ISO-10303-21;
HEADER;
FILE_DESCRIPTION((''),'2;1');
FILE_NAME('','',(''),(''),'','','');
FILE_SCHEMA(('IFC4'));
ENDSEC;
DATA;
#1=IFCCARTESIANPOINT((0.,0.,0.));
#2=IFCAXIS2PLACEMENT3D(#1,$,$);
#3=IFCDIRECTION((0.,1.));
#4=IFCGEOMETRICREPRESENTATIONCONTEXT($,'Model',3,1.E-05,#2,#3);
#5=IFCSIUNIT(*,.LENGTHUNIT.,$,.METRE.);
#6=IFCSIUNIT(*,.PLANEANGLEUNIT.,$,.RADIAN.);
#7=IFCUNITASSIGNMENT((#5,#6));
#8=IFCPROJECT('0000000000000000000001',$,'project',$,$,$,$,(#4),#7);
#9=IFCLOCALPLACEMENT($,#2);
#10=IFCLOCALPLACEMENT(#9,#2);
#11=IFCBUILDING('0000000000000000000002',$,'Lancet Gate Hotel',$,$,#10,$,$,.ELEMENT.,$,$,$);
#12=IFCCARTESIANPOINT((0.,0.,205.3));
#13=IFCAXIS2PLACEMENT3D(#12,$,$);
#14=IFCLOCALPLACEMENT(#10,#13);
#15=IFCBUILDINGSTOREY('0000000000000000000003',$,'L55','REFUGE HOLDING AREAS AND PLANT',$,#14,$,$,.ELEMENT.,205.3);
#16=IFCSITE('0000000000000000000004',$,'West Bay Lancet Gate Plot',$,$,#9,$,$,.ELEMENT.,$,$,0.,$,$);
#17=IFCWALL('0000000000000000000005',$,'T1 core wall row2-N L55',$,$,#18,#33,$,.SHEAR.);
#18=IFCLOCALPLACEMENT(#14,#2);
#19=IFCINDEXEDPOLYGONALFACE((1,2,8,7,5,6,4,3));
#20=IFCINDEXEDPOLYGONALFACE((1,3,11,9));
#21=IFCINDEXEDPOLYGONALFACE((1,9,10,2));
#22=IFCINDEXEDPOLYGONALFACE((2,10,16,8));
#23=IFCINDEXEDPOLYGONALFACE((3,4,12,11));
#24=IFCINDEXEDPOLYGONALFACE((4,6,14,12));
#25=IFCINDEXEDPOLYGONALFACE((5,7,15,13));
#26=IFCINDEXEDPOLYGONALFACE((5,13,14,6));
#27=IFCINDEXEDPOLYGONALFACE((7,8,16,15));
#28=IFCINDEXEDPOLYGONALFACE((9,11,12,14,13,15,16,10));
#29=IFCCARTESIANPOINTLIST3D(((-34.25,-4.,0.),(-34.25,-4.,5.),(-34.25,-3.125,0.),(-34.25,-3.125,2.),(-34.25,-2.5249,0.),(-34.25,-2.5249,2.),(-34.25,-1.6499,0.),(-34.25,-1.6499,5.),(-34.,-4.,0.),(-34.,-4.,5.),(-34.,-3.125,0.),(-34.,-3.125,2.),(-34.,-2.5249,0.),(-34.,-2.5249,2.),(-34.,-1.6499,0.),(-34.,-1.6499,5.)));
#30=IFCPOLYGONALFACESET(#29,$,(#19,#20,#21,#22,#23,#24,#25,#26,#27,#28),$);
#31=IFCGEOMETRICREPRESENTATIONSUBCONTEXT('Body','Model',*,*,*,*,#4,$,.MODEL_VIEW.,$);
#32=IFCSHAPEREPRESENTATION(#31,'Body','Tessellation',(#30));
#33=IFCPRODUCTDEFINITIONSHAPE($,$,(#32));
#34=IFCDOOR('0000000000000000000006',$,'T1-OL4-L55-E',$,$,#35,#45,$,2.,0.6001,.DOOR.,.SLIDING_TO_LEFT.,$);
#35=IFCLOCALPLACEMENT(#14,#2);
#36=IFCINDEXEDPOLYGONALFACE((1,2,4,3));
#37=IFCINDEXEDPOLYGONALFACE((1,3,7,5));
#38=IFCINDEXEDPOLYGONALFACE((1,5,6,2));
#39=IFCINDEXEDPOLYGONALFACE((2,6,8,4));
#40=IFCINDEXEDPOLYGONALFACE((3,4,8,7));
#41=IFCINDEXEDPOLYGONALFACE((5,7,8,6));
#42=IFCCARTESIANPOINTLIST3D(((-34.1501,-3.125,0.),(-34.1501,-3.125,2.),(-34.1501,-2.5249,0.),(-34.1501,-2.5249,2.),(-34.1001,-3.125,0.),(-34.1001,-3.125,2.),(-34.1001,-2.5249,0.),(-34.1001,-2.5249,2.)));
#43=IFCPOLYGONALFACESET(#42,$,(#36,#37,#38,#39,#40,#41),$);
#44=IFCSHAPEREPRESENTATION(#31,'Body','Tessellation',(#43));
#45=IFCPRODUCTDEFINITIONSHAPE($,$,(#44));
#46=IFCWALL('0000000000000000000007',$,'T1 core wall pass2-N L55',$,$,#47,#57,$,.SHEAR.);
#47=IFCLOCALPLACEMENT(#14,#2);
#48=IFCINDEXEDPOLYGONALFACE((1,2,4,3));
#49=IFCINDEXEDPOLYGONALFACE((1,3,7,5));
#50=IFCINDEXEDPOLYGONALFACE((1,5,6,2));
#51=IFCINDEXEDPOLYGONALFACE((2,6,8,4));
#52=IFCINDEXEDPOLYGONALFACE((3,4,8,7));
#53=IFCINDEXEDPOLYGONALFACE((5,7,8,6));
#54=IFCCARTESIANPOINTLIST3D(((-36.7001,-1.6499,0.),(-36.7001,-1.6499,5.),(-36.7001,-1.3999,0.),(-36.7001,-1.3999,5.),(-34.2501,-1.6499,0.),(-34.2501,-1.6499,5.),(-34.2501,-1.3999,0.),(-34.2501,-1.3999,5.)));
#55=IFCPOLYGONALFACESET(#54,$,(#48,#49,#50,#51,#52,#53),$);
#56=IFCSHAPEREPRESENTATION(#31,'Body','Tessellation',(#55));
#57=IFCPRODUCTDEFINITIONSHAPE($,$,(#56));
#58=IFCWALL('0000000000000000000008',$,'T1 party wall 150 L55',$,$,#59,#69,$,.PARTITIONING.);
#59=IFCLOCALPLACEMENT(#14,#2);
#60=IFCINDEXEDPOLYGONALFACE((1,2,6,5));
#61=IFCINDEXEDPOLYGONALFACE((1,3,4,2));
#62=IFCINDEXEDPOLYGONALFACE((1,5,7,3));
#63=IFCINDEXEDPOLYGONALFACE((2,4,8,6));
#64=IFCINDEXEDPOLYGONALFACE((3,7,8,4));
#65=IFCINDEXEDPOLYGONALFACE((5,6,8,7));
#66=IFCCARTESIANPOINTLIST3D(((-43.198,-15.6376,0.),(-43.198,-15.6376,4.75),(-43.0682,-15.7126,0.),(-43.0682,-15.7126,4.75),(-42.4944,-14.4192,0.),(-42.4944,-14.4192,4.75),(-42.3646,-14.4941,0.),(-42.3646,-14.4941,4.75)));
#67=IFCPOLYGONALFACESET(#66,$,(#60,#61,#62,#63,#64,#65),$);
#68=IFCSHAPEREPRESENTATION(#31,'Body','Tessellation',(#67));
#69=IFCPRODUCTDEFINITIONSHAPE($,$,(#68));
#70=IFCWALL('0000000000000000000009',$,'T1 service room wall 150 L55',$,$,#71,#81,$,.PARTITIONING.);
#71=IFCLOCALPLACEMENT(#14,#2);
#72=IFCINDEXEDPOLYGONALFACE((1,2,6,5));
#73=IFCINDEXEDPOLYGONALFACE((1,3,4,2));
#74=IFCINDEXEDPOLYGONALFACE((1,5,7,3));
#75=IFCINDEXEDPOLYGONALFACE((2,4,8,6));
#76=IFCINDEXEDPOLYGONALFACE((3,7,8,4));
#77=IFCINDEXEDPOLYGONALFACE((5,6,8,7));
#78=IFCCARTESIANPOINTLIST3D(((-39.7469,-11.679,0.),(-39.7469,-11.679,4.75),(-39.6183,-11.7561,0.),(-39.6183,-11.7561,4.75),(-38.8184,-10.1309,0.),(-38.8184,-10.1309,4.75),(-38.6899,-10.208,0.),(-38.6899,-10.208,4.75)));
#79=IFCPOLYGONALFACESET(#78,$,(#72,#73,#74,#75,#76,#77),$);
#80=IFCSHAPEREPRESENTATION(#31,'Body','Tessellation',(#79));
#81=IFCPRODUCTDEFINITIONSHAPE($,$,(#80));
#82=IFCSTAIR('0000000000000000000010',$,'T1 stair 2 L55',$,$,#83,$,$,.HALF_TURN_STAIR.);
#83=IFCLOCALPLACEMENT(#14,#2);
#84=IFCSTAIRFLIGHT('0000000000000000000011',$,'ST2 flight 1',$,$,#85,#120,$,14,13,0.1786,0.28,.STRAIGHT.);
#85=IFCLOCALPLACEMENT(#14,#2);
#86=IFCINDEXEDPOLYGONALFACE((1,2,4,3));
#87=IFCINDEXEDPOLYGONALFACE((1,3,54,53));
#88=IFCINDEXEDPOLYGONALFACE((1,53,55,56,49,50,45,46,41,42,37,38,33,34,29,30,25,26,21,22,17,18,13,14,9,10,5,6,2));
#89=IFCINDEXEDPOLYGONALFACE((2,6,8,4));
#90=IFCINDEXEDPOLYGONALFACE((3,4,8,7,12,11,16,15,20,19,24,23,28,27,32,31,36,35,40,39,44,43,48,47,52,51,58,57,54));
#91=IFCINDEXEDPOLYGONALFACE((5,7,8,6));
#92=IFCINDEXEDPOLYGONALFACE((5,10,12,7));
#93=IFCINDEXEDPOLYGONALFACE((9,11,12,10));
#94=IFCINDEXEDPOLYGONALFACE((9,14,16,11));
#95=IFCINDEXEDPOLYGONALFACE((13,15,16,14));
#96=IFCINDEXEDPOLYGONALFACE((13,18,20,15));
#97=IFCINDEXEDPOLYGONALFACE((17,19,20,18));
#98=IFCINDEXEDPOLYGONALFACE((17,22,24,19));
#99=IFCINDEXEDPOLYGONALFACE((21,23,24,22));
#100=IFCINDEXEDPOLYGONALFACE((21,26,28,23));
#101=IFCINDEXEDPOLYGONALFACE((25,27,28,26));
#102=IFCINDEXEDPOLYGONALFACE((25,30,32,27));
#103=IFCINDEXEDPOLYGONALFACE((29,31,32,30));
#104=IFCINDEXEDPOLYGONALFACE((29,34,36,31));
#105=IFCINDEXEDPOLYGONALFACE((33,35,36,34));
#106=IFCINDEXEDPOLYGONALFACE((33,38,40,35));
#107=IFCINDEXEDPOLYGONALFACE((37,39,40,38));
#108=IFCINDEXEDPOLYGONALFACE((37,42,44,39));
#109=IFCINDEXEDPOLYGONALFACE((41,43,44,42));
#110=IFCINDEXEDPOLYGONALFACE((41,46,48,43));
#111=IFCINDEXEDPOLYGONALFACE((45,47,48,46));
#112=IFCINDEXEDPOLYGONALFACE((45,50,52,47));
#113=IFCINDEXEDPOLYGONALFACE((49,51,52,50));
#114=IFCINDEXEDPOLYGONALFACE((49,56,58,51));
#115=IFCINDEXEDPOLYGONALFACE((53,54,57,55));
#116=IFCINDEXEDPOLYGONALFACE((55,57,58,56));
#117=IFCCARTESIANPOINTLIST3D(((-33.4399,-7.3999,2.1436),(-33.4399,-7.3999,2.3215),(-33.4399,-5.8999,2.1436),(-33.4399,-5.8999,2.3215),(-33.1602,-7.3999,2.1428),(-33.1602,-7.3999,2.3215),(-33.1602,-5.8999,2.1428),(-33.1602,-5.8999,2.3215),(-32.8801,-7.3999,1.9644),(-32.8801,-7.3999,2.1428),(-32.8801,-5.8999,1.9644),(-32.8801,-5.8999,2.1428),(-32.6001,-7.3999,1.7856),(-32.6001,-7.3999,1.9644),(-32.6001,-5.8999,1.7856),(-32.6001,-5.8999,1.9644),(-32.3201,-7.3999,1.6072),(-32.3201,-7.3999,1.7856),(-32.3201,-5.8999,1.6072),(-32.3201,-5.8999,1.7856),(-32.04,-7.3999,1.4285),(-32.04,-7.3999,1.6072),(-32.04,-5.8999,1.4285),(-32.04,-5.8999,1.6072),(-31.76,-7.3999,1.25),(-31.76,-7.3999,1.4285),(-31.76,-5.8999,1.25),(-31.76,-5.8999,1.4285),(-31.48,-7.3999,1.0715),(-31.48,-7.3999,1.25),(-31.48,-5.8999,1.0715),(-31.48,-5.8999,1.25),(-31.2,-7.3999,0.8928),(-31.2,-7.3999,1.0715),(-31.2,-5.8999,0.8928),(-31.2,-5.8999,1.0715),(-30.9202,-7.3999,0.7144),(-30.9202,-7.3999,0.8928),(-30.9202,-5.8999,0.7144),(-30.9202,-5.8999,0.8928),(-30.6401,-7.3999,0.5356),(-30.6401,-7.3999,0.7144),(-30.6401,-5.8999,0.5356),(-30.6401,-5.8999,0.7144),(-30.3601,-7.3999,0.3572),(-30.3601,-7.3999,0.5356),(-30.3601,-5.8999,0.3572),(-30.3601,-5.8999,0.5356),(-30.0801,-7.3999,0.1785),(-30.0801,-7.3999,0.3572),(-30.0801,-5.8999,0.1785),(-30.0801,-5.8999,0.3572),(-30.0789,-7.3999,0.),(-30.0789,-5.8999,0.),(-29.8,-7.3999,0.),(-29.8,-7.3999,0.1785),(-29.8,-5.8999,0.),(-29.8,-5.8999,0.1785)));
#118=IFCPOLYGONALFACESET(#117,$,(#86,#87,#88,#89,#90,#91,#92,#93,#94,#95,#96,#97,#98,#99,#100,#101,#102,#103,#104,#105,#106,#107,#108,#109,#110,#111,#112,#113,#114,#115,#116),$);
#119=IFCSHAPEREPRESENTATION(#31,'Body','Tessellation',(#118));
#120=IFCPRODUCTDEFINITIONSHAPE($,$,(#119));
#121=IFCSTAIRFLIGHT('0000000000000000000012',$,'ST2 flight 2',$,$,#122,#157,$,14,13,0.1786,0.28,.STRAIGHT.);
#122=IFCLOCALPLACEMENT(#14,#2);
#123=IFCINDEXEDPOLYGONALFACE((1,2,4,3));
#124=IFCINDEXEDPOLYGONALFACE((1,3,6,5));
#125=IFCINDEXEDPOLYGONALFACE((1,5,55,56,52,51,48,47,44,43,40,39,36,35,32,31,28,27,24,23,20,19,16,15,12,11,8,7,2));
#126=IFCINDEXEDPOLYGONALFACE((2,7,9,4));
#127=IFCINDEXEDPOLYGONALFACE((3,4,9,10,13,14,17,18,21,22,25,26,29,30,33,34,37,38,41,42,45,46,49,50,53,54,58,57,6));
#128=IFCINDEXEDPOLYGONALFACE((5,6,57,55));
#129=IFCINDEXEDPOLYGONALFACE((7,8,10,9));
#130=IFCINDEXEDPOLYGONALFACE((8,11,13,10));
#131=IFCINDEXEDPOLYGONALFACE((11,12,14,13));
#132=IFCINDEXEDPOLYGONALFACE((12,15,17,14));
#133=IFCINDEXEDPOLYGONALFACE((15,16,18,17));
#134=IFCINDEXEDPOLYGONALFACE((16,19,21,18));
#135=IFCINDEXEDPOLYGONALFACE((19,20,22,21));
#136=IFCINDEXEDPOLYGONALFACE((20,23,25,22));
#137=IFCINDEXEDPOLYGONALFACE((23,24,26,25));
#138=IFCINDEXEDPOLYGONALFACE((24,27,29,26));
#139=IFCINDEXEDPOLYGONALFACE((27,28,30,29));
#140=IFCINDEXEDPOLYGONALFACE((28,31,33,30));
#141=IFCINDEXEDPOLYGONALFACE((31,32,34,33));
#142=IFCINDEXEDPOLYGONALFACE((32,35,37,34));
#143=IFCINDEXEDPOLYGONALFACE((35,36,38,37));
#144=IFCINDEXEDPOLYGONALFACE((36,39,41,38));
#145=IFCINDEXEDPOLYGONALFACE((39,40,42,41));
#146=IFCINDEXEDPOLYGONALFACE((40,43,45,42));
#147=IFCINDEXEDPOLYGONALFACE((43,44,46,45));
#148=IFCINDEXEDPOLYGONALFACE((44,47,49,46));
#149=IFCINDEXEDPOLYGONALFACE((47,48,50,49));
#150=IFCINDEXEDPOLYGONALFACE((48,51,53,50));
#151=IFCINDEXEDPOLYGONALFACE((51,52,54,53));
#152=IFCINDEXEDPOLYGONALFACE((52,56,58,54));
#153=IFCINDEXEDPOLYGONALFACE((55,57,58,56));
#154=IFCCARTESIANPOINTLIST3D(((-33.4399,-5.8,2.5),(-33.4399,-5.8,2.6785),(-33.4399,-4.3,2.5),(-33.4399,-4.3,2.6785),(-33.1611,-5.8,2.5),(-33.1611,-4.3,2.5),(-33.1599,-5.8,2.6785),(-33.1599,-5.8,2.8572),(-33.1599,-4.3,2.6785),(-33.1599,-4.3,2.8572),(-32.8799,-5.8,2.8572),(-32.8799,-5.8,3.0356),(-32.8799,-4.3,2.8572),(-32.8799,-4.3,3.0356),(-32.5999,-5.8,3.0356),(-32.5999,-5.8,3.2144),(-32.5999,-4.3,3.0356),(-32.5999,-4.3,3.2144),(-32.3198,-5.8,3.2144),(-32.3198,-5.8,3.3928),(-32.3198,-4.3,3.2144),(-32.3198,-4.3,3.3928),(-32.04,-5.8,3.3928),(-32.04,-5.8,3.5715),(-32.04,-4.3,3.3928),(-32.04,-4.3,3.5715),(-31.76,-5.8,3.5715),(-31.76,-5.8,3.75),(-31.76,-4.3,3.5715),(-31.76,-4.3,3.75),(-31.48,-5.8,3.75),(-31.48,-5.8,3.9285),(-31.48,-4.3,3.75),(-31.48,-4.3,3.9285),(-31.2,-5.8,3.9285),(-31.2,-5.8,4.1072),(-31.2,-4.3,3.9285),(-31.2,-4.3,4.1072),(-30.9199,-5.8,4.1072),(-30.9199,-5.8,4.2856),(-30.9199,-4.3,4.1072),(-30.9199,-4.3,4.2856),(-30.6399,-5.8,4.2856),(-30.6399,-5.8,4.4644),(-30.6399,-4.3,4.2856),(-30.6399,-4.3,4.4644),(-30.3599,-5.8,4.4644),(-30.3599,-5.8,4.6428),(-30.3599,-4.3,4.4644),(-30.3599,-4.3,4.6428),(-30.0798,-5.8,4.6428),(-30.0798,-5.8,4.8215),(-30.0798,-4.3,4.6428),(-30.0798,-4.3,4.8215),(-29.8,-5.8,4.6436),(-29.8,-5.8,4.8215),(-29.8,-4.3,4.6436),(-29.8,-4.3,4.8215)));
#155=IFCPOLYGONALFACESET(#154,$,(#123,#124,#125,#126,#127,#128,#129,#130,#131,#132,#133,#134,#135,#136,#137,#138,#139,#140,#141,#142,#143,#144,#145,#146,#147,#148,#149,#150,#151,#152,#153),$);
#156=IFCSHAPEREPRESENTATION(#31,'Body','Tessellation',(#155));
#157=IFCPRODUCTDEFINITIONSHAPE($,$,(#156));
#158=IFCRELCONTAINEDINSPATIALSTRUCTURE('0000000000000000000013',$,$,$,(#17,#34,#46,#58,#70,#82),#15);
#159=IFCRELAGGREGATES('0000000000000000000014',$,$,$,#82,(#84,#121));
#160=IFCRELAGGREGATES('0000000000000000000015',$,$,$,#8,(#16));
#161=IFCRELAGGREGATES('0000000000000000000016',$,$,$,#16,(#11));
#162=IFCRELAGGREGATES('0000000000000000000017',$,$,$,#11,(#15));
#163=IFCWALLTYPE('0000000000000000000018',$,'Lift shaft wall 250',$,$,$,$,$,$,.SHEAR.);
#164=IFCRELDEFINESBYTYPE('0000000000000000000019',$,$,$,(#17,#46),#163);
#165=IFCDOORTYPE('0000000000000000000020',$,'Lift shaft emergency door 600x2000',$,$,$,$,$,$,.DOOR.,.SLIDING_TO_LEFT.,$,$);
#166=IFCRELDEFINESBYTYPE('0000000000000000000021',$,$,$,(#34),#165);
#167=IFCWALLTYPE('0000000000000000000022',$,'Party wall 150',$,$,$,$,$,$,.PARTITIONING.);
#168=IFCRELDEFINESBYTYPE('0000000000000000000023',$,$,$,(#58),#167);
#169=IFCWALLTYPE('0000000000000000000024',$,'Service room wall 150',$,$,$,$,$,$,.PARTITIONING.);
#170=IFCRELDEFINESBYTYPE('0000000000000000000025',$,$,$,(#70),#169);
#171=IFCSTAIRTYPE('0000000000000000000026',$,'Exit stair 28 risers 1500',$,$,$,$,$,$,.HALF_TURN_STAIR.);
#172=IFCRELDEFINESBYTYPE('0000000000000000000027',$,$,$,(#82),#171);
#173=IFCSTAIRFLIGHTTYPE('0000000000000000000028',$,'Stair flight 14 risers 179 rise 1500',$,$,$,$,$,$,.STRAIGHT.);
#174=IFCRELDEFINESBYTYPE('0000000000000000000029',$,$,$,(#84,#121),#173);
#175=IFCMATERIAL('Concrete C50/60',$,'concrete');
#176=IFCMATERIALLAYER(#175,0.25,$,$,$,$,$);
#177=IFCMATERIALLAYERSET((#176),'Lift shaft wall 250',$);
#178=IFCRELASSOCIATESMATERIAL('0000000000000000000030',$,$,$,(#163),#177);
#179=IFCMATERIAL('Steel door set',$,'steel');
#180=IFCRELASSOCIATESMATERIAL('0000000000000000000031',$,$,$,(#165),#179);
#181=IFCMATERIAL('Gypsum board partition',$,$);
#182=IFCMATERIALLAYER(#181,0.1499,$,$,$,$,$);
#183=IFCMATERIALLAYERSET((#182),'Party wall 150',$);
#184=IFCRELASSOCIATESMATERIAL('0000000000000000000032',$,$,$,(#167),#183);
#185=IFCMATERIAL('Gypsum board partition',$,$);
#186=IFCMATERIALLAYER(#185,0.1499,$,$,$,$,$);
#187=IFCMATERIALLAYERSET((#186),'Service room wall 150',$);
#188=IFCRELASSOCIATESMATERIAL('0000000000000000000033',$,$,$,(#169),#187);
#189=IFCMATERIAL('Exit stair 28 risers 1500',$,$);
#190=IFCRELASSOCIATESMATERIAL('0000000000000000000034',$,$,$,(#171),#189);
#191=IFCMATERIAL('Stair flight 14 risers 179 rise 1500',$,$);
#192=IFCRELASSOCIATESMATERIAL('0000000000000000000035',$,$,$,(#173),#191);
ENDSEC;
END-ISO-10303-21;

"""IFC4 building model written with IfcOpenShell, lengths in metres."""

from ifc_helpers import new_model, si_unit, direction, frame, frame_2d, origin, place, context, subcontext, project, spatial, polyline, rectangle, outline, extrude, material, layer, layer_set, type_object, element, fill, aggregate, save


model = new_model("IFC4")

# Units and contexts
model_context = context("Model", 3, precision=1e-05, world=origin(), true_north=direction((0.0, 1.0)))
body_context = subcontext(model_context, "Body", "Model", "MODEL_VIEW")
ifc_project = project(units=[si_unit("LENGTHUNIT", "METRE"), si_unit("PLANEANGLEUNIT", "RADIAN")], contexts=[model_context])

# Site, building, storey
site_placement = place(None, origin())
site = spatial("IfcSite", under=ifc_project, at=site_placement, Name="West Bay Lancet Gate Plot", CompositionType="ELEMENT", RefElevation=0.0)
building_placement = place(site_placement, origin())
building = spatial("IfcBuilding", under=site, at=building_placement, Name="Lancet Gate Hotel", CompositionType="ELEMENT")
storey_placement = place(building_placement, frame((0.0, 0.0, 205.3)))
storey = spatial("IfcBuildingStorey", under=building, at=storey_placement, Name="L55", Description="REFUGE HOLDING AREAS AND PLANT", CompositionType="ELEMENT", Elevation=205.3)

# Wall, opening, door
ifc_material_1 = material(Name="Concrete C50/60", Category="concrete")
ifc_layer_1 = layer(ifc_material_1, 0.25)
ifc_layer_set_1 = layer_set([ifc_layer_1], Name="Lift shaft wall 250")
wall_type_1 = type_object("IfcWallType", Name="Lift shaft wall 250", PredefinedType="SHEAR", material=ifc_layer_set_1)
wall_1_placement = place(storey_placement, frame((-34.125, -1.6499, 0.0), z_axis=(0.0, 0.0, 1.0), x_axis=(0.0, -1.0, 0.0)))
wall_1 = element("IfcWall", 1, at=wall_1_placement, inside=storey, type_object=wall_type_1, Name="T1 core wall row2-N L55", PredefinedType="SHEAR", context=body_context, shape_type="SweptSolid", body=[
    extrude(rectangle(XDim=2.3501, YDim=0.25, at=frame_2d((1.175, 0.0))), origin(), (0.0, 0.0, 1.0), 5.0),
])
opening_1_placement = place(wall_1_placement, frame((0.875, 0.0, 0.0)))
opening_1 = element("IfcOpeningElement", 2, at=opening_1_placement, cuts=wall_1, PredefinedType="OPENING", context=body_context, shape_type="SweptSolid", body=[
    extrude(rectangle(XDim=0.6001, YDim=2.0, at=frame_2d((0.3, 1.0))), frame((0.0, 0.135, 0.0), z_axis=(0.0, -1.0, 0.0), x_axis=(1.0, 0.0, 0.0)), (0.0, 0.0, 1.0), 0.27),
])
ifc_material_2 = material(Name="Steel door set", Category="steel")
door_type_1 = type_object("IfcDoorType", Name="Lift shaft emergency door 600x2000", OperationType="SLIDING_TO_LEFT", PredefinedType="DOOR", material=ifc_material_2)
door_1_placement = place(opening_1_placement, origin())
door_1 = element("IfcDoor", 3, at=door_1_placement, inside=storey, type_object=door_type_1, Name="T1-OL4-L55-E", OperationType="SLIDING_TO_LEFT", OverallHeight=2.0, OverallWidth=0.6001, PredefinedType="DOOR", context=body_context, shape_type="SweptSolid", body=[
    extrude(rectangle(XDim=0.6001, YDim=2.0, at=frame_2d((0.3, 1.0))), frame((0.0, 0.0249, 0.0), z_axis=(0.0, -1.0, 0.0), x_axis=(1.0, 0.0, 0.0)), (0.0, 0.0, 1.0), 0.05),
])
fill(opening_1, door_1)

# Walls
wall_2_placement = place(storey_placement, frame((-34.25, -1.5249, 0.0), z_axis=(0.0, 0.0, 1.0), x_axis=(-1.0, 0.0, 0.0)))
element("IfcWall", 4, at=wall_2_placement, inside=storey, type_object=wall_type_1, Name="T1 core wall pass2-N L55", PredefinedType="SHEAR", context=body_context, shape_type="SweptSolid", body=[
    extrude(rectangle(XDim=2.45, YDim=0.25, at=frame_2d((1.2251, 0.0))), origin(), (0.0, 0.0, 1.0), 5.0),
])
ifc_material_3 = material(Name="Gypsum board partition")
ifc_layer_2 = layer(ifc_material_3, 0.1499)
ifc_layer_set_2 = layer_set([ifc_layer_2], Name="Party wall 150")
wall_type_2 = type_object("IfcWallType", Name="Party wall 150", PredefinedType="PARTITIONING", material=ifc_layer_set_2)
wall_3_placement = place(storey_placement, frame((-42.4294, -14.4565, 0.0), z_axis=(0.0, 0.0, 1.0), x_axis=(-0.500058, -0.865992, 0.0)))
element("IfcWall", 5, at=wall_3_placement, inside=storey, type_object=wall_type_2, Name="T1 party wall 150 L55", PredefinedType="PARTITIONING", context=body_context, shape_type="SweptSolid", body=[
    extrude(rectangle(XDim=1.407, YDim=0.1499, at=frame_2d((0.7036, 0.0))), origin(), (0.0, 0.0, 1.0), 4.75),
])
ifc_material_4 = material(Name="Gypsum board partition")
ifc_layer_3 = layer(ifc_material_4, 0.1499)
ifc_layer_set_3 = layer_set([ifc_layer_3], Name="Service room wall 150")
wall_type_3 = type_object("IfcWallType", Name="Service room wall 150", PredefinedType="PARTITIONING", material=ifc_layer_set_3)
wall_4_placement = place(storey_placement, frame((-39.6826, -11.7175, 0.0), z_axis=(0.0, 0.0, 1.0), x_axis=(0.514337, 0.857588, 0.0)))
element("IfcWall", 6, at=wall_4_placement, inside=storey, type_object=wall_type_3, Name="T1 service room wall 150 L55", PredefinedType="PARTITIONING", context=body_context, shape_type="SweptSolid", body=[
    extrude(rectangle(XDim=1.8052, YDim=0.1499, at=frame_2d((0.9026, 0.0))), origin(), (0.0, 0.0, 1.0), 4.75),
])

# Stair, stair flights
ifc_material_5 = material(Name="Exit stair 28 risers 1500")
stair_type = type_object("IfcStairType", Name="Exit stair 28 risers 1500", PredefinedType="HALF_TURN_STAIR", material=ifc_material_5)
stair_placement = place(storey_placement, origin())
stair = element("IfcStair", 7, at=stair_placement, inside=storey, type_object=stair_type, Name="T1 stair 2 L55", PredefinedType="HALF_TURN_STAIR")
ifc_material_6 = material(Name="Stair flight 14 risers 179 rise 1500")
stair_flight_type = type_object("IfcStairFlightType", Name="Stair flight 14 risers 179 rise 1500", PredefinedType="STRAIGHT", material=ifc_material_6)
stair_flight_1_placement = place(storey_placement, frame((-29.8, -6.6499, 0.0), z_axis=(0.0, 0.0, 1.0), x_axis=(-1.0, 0.0, 0.0)))
stair_flight_1 = element("IfcStairFlight", 8, at=stair_flight_1_placement, type_object=stair_flight_type, Name="ST2 flight 1", NumberOfRisers=14, NumberOfTreads=13, PredefinedType="STRAIGHT", RiserHeight=0.1786, TreadLength=0.28, context=body_context, shape_type="SweptSolid", body=[
    extrude(outline(polyline([(0.0, 0.0), (0.0, 0.1785), (0.28, 0.1785), (0.28, 0.3572), (0.5601, 0.3572), (0.5601, 0.5356), (0.8401, 0.5356), (0.8401, 0.7144), (1.1201, 0.7144), (1.1201, 0.8928), (1.3999, 0.8928), (1.3999, 1.0715), (1.6799, 1.0715), (1.6799, 1.25), (1.96, 1.25), (1.96, 1.4285), (2.24, 1.4285), (2.24, 1.6072), (2.52, 1.6072), (2.52, 1.7856), (2.8, 1.7856), (2.8, 1.9644), (3.0801, 1.9644), (3.0801, 2.1428), (3.3601, 2.1428), (3.3601, 2.3215), (3.6399, 2.3215), (3.6399, 2.5), (3.6399, 2.1436), (0.2788, 0.0), (0.0, 0.0)])), frame((0.0, 0.75, 0.0), z_axis=(0.0, -1.0, 0.0), x_axis=(1.0, 0.0, 0.0)), (0.0, 0.0, 1.0), 1.5),
])
stair_flight_2_placement = place(storey_placement, frame((-33.4399, -5.05, 2.5), z_axis=(0.0, 0.0, 1.0), x_axis=(1.0, 0.0, 0.0)))
stair_flight_2 = element("IfcStairFlight", 9, at=stair_flight_2_placement, type_object=stair_flight_type, Name="ST2 flight 2", NumberOfRisers=14, NumberOfTreads=13, PredefinedType="STRAIGHT", RiserHeight=0.1786, TreadLength=0.28, context=body_context, shape_type="SweptSolid", body=[
    extrude(outline(polyline([(0.0, 0.0), (0.0, 0.1785), (0.28, 0.1785), (0.28, 0.3572), (0.5601, 0.3572), (0.5601, 0.5356), (0.8401, 0.5356), (0.8401, 0.7144), (1.1201, 0.7144), (1.1201, 0.8928), (1.3999, 0.8928), (1.3999, 1.0715), (1.6799, 1.0715), (1.6799, 1.25), (1.96, 1.25), (1.96, 1.4285), (2.24, 1.4285), (2.24, 1.6072), (2.52, 1.6072), (2.52, 1.7856), (2.8, 1.7856), (2.8, 1.9644), (3.0801, 1.9644), (3.0801, 2.1428), (3.3601, 2.1428), (3.3601, 2.3215), (3.6399, 2.3215), (3.6399, 2.5), (3.6399, 2.1436), (0.2788, 0.0), (0.0, 0.0)])), frame((0.0, 0.75, 0.0), z_axis=(0.0, -1.0, 0.0), x_axis=(1.0, 0.0, 0.0)), (0.0, 0.0, 1.0), 1.5),
])
aggregate(stair, [stair_flight_1, stair_flight_2])

save(model, "model.ifc")
